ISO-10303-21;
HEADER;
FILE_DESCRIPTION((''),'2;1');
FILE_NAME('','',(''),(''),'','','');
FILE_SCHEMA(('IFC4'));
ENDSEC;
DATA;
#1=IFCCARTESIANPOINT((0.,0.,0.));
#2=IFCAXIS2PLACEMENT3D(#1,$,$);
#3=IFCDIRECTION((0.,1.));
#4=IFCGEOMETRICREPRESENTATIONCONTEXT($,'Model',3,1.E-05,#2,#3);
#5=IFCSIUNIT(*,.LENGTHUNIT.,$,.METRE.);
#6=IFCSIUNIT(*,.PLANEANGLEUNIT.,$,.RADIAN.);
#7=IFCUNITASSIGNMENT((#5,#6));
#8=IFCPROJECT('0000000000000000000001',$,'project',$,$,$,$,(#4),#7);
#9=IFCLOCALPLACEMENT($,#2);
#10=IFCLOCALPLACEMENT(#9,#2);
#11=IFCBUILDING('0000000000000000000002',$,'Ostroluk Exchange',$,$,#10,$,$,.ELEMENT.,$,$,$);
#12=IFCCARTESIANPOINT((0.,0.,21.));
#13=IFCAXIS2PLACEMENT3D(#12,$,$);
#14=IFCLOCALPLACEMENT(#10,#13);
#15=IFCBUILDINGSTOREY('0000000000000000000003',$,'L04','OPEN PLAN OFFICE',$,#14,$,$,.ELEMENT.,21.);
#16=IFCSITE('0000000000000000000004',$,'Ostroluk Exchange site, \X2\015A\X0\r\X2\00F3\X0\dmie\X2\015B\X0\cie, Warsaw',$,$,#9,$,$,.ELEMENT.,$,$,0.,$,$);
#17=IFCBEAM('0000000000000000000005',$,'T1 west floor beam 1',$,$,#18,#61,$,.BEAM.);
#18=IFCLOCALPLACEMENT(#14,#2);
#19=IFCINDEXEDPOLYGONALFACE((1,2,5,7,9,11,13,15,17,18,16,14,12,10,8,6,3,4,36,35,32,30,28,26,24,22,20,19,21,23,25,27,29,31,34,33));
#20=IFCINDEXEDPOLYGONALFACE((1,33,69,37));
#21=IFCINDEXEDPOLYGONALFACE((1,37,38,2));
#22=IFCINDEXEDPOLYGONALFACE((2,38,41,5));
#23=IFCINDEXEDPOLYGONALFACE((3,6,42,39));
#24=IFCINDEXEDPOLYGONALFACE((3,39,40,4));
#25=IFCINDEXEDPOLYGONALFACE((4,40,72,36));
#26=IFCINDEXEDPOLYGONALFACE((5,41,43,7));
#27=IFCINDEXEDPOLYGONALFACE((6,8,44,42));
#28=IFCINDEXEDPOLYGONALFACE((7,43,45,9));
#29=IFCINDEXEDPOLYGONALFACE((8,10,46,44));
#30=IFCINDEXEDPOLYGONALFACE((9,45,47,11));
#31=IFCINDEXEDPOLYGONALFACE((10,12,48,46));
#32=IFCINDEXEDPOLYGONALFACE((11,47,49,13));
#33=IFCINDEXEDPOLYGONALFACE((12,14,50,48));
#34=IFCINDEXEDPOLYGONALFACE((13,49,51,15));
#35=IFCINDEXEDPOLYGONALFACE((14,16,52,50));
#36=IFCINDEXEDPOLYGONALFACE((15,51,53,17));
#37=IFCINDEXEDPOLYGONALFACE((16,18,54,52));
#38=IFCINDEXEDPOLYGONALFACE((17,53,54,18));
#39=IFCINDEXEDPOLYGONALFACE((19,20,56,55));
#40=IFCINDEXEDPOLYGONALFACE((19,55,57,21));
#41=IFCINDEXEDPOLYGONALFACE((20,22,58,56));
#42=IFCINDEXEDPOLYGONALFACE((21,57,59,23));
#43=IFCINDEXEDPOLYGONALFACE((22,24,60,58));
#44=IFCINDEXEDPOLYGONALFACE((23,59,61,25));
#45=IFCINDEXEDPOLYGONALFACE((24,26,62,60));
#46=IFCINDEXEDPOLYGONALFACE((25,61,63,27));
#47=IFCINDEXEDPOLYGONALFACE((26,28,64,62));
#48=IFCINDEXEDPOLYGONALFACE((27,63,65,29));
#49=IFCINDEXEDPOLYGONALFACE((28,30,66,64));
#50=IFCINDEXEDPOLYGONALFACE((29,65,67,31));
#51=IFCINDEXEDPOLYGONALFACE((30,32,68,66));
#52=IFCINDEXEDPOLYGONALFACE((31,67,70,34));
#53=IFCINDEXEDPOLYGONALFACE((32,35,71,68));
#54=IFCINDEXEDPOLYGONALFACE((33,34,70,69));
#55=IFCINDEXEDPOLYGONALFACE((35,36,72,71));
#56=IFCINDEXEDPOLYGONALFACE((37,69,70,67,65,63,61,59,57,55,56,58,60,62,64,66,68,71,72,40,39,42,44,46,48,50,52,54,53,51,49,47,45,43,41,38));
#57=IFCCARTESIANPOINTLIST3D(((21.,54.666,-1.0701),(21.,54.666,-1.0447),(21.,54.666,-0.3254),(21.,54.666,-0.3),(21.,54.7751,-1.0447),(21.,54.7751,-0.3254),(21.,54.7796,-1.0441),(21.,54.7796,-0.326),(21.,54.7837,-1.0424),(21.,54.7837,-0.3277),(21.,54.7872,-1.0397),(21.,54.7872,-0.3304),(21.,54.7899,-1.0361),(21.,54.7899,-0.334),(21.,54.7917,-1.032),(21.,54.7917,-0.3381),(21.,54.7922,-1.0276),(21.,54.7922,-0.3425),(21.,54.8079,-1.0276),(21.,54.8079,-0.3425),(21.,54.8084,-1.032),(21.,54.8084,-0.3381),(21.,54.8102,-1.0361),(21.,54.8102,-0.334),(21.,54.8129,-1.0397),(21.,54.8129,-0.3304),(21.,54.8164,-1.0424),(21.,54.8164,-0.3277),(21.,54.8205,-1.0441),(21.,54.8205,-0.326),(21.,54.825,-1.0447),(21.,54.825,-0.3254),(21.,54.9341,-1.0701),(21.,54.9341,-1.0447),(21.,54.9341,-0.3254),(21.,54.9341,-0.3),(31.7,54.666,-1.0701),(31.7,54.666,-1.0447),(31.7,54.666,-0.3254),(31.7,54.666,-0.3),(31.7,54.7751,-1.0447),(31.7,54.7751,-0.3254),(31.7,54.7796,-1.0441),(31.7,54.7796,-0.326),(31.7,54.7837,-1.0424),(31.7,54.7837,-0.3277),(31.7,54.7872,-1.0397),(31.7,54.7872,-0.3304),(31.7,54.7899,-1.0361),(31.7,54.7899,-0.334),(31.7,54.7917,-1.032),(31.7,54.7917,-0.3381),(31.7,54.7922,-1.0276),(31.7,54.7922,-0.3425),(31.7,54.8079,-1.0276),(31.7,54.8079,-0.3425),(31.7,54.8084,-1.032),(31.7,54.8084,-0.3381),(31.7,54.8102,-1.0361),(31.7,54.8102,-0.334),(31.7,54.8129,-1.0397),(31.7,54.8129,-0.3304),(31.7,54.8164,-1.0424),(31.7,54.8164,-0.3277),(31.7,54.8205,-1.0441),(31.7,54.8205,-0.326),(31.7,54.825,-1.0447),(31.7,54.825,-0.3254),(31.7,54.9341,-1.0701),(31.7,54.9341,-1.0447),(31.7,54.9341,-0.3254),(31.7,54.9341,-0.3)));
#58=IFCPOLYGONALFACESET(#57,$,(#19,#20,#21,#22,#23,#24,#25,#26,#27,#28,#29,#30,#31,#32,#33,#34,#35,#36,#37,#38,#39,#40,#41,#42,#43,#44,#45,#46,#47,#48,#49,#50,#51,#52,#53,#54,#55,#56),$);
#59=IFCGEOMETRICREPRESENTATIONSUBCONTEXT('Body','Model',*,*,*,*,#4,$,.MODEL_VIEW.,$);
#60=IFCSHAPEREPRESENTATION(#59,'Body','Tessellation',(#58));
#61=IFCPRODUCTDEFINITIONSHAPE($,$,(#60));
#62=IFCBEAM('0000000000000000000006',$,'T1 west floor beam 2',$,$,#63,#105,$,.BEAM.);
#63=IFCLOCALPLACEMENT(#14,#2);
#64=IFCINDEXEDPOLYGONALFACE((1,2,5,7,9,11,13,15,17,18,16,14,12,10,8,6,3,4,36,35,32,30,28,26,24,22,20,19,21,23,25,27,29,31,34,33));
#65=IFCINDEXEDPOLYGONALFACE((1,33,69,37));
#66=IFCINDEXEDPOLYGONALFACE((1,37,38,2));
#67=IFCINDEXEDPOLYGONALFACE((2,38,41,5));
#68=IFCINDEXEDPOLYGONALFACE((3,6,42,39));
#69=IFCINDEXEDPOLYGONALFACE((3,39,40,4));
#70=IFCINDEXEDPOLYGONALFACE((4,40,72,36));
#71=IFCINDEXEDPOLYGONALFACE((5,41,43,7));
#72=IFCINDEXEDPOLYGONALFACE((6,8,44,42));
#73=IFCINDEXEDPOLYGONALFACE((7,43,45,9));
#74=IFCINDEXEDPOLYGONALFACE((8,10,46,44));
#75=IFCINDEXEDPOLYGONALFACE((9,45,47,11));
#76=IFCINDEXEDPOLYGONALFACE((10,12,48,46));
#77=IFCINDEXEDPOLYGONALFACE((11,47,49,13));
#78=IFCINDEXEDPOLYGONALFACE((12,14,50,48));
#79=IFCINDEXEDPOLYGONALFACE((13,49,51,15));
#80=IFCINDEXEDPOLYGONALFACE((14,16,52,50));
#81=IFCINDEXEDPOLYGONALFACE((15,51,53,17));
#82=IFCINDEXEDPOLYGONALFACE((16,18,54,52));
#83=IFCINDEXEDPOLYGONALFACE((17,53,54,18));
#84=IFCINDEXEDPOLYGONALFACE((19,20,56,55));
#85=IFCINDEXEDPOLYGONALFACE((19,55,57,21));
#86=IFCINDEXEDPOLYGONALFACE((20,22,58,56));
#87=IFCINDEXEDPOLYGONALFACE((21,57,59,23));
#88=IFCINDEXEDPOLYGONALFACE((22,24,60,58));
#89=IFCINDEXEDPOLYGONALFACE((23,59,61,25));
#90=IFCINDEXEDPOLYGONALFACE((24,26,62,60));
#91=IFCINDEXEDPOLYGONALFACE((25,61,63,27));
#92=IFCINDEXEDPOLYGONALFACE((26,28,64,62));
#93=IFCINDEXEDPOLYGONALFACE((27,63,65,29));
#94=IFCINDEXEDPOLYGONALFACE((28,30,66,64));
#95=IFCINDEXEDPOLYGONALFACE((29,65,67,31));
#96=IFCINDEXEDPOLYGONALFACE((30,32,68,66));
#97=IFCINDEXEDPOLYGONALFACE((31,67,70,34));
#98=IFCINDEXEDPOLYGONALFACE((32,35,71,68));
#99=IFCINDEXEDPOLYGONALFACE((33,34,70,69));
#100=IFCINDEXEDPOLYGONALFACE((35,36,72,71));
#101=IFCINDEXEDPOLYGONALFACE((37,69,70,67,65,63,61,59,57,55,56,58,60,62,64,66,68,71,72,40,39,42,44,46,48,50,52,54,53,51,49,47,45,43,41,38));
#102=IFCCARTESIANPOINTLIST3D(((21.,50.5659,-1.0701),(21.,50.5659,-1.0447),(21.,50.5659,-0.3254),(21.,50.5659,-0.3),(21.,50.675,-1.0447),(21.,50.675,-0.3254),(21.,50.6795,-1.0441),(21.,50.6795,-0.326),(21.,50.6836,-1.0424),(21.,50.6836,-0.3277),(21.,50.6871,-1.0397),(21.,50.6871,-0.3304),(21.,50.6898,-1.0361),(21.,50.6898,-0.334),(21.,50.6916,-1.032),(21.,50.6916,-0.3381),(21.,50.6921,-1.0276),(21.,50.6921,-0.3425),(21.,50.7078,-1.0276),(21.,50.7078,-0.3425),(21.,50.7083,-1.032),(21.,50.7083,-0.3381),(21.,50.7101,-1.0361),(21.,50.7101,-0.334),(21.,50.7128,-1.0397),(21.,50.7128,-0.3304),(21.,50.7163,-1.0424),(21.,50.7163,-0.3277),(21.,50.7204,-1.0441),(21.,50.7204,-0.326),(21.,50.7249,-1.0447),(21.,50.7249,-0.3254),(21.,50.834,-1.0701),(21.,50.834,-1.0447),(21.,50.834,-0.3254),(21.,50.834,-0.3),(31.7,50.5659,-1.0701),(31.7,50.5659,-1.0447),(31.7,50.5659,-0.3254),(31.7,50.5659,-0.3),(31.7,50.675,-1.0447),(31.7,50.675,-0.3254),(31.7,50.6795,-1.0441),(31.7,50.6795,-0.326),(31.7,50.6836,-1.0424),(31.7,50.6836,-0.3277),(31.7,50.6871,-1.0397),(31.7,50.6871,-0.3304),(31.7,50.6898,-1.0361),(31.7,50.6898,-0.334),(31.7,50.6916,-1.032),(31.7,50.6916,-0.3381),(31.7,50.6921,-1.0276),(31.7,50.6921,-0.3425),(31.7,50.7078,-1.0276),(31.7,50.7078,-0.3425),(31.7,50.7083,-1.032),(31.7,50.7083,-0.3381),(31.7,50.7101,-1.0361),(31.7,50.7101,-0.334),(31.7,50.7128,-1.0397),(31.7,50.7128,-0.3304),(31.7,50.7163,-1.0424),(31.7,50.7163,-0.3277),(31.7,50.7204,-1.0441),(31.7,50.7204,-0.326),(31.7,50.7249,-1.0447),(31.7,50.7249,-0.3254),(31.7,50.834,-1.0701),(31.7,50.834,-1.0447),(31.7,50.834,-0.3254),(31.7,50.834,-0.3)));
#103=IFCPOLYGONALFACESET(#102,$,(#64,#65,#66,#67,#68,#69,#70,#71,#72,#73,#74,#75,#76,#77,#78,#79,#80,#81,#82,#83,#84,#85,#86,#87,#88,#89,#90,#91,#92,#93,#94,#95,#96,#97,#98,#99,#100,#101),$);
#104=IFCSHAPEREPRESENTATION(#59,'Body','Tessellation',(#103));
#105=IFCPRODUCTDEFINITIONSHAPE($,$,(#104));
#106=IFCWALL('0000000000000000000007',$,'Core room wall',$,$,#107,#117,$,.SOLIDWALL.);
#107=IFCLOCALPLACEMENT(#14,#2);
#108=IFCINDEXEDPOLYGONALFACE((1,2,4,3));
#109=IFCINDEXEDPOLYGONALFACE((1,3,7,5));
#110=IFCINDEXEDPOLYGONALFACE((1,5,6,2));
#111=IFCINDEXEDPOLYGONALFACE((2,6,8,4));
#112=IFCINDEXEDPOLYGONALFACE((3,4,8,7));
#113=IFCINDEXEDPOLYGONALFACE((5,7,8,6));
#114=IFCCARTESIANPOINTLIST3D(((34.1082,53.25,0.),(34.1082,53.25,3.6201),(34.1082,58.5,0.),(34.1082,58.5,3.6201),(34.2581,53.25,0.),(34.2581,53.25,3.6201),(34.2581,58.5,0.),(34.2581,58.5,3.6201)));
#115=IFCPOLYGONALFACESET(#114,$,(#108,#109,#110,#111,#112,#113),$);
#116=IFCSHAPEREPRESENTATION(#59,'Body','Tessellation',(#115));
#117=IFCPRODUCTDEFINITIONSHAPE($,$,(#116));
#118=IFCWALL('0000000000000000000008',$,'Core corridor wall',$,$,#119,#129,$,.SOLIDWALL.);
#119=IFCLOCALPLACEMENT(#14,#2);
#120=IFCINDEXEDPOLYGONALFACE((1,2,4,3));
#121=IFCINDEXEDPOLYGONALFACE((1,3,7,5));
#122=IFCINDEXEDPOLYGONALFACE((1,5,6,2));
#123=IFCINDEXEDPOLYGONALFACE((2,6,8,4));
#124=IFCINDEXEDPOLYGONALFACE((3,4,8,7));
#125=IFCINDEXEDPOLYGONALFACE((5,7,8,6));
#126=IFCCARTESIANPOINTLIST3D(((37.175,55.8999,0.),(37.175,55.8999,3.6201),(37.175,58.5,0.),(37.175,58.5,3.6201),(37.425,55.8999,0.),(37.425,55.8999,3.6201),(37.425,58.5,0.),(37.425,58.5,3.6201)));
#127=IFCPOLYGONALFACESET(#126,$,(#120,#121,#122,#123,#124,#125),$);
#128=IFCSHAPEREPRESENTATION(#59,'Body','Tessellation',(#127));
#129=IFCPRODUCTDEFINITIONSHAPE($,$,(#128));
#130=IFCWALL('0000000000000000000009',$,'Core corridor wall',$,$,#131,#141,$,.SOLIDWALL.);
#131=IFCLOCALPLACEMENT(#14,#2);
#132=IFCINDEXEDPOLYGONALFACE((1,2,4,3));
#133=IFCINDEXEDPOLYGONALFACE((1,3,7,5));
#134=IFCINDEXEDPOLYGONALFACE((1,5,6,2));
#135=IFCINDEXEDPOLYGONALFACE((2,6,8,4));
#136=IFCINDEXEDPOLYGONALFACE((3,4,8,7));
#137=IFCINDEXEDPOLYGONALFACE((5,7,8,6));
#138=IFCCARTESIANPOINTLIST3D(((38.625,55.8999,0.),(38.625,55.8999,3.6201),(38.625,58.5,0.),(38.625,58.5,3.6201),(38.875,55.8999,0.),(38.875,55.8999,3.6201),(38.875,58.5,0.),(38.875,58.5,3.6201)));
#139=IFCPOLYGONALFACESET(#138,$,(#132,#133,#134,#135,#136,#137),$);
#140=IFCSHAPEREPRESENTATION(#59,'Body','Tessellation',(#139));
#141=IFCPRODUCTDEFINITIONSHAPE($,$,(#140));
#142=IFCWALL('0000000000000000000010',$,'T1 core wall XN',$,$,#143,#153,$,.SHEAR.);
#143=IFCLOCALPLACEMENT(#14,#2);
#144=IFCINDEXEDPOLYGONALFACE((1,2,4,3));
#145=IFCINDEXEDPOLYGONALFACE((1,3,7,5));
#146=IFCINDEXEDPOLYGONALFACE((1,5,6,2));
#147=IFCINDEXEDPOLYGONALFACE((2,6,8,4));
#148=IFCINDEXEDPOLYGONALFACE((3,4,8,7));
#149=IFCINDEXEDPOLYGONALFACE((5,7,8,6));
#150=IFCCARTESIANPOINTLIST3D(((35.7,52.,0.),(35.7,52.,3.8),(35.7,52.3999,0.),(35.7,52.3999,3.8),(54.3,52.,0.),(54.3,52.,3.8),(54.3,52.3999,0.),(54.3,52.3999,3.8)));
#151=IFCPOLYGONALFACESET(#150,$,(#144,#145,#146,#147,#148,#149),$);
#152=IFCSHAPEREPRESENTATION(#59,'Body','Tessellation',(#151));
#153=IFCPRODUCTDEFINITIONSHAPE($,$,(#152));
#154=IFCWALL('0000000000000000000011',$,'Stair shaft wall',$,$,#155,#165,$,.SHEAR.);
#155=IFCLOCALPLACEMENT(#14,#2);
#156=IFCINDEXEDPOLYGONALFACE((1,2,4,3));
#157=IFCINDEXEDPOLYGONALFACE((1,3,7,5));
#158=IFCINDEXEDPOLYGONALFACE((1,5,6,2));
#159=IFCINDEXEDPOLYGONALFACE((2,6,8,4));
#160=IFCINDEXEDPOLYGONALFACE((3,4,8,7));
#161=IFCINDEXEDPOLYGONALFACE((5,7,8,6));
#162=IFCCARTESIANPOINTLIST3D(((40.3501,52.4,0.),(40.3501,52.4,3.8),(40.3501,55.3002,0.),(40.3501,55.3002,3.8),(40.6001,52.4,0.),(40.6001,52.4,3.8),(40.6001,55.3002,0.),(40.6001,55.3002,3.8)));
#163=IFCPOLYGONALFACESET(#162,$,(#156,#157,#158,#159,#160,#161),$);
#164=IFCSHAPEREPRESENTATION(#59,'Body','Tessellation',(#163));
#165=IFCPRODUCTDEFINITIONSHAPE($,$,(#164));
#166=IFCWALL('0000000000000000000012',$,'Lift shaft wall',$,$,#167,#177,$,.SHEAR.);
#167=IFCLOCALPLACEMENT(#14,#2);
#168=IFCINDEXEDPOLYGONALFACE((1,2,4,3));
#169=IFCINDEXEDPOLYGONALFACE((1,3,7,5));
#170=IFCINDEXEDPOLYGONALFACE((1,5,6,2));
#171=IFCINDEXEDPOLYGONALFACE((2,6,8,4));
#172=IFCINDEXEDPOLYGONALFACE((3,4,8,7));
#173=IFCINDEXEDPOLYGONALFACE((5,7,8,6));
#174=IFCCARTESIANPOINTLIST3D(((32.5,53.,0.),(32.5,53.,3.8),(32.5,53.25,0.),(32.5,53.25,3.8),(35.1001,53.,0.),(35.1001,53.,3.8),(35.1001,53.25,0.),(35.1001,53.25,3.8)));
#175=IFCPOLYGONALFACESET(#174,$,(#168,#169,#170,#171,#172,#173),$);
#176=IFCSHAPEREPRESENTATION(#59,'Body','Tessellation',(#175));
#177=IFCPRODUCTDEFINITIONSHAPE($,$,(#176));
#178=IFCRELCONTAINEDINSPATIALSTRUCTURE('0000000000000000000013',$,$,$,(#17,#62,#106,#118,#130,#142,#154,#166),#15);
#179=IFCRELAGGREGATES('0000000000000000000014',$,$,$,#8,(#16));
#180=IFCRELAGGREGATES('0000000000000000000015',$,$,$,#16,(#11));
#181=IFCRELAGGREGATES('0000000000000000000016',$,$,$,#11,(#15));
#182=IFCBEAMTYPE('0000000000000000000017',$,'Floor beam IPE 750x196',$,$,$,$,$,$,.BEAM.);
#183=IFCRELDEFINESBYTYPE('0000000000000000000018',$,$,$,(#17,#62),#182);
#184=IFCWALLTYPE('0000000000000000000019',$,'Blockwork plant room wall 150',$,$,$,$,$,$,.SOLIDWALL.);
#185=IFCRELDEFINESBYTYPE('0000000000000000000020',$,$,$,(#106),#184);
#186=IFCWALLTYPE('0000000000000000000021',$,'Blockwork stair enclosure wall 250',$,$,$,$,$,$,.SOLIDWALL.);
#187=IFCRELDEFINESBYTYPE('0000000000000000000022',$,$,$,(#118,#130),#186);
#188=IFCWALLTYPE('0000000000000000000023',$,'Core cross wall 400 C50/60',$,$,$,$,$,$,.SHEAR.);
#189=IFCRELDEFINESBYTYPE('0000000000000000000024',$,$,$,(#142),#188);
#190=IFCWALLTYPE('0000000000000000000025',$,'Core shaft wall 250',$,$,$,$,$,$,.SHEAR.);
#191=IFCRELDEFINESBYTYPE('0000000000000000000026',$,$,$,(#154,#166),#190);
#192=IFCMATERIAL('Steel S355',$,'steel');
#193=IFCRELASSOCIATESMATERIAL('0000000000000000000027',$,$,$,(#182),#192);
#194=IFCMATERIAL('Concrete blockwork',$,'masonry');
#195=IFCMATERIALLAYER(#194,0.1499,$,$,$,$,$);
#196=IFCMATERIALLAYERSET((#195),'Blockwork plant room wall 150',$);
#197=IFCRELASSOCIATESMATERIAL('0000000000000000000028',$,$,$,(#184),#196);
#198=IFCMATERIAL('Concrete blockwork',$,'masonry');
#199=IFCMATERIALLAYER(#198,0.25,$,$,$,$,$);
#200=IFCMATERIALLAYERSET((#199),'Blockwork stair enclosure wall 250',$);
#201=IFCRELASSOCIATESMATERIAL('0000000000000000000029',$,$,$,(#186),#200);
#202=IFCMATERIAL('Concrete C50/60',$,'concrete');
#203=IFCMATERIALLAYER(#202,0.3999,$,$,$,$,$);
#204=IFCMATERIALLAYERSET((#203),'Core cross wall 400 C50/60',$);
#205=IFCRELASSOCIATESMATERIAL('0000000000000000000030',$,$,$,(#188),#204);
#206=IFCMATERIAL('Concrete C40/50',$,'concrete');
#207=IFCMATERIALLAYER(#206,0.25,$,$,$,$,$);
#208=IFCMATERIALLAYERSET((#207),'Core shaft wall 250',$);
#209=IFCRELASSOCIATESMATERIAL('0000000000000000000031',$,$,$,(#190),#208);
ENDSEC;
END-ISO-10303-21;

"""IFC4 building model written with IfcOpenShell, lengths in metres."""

from ifc_helpers import new_model, si_unit, direction, frame, frame_2d, origin, origin_2d, place, context, subcontext, project, spatial, rectangle, i_section, extrude, material, layer, layer_set, material_profile, profile_set, type_object, element, save


model = new_model("IFC4")

# Units and contexts
model_context = context("Model", 3, precision=1e-05, world=origin(), true_north=direction((0.0, 1.0)))
body_context = subcontext(model_context, "Body", "Model", "MODEL_VIEW")
ifc_project = project(units=[si_unit("LENGTHUNIT", "METRE"), si_unit("PLANEANGLEUNIT", "RADIAN")], contexts=[model_context])

# Site, building, storey
site_placement = place(None, origin())
site = spatial("IfcSite", under=ifc_project, at=site_placement, Name="Ostroluk Exchange site, Śródmieście, Warsaw", CompositionType="ELEMENT", RefElevation=0.0)
building_placement = place(site_placement, origin())
building = spatial("IfcBuilding", under=site, at=building_placement, Name="Ostroluk Exchange", CompositionType="ELEMENT")
storey_placement = place(building_placement, frame((0.0, 0.0, 21.0)))
storey = spatial("IfcBuildingStorey", under=building, at=storey_placement, Name="L04", Description="OPEN PLAN OFFICE", CompositionType="ELEMENT", Elevation=21.0)

# Beams
ifc_material_1 = material(Name="Steel S355", Category="steel")
ifc_material_profile = material_profile(ifc_material_1, i_section(OverallWidth=0.2681, OverallDepth=0.77, WebThickness=0.0156, FlangeThickness=0.0254, FilletRadius=0.0171, at=origin_2d()), Name="IPE 750x196")
ifc_profile_set = profile_set([ifc_material_profile], Name="Steel S355")
beam_type = type_object("IfcBeamType", Name="Floor beam IPE 750x196", PredefinedType="BEAM", material=ifc_profile_set)
for number, where, z_axis, x_axis, name in (
    (1, (31.7, 54.8, -0.6851), (-1.0, 0.0, 0.0), (0.0, -1.0, 0.0), "T1 west floor beam 1"),
    (2, (31.7, 50.7, -0.6851), (-1.0, 0.0, 0.0), (0.0, -1.0, 0.0), "T1 west floor beam 2"),
):
    element("IfcBeam", number, at=place(storey_placement, frame(where, z_axis=z_axis, x_axis=x_axis)), inside=storey, type_object=beam_type, Name=name, PredefinedType="BEAM", context=body_context, shape_type="SweptSolid", body=[
        extrude(i_section(OverallWidth=0.2681, OverallDepth=0.77, WebThickness=0.0156, FlangeThickness=0.0254, FilletRadius=0.0171, at=origin_2d()), origin(), (0.0, 0.0, 1.0), 10.7),
    ])

# Walls
ifc_material_2 = material(Name="Concrete blockwork", Category="masonry")
ifc_layer_1 = layer(ifc_material_2, 0.1499)
ifc_layer_set_1 = layer_set([ifc_layer_1], Name="Blockwork plant room wall 150")
wall_type_1 = type_object("IfcWallType", Name="Blockwork plant room wall 150", PredefinedType="SOLIDWALL", material=ifc_layer_set_1)
wall_1_placement = place(storey_placement, frame((34.1831, 53.25, 0.0), z_axis=(0.0, 0.0, 1.0), x_axis=(0.0, 1.0, 0.0)))
element("IfcWall", 3, at=wall_1_placement, inside=storey, type_object=wall_type_1, Name="Core room wall", PredefinedType="SOLIDWALL", context=body_context, shape_type="SweptSolid", body=[
    extrude(rectangle(XDim=5.25, YDim=0.1499, at=frame_2d((2.625, 0.0))), origin(), (0.0, 0.0, 1.0), 3.6201),
])
ifc_material_3 = material(Name="Concrete blockwork", Category="masonry")
ifc_layer_2 = layer(ifc_material_3, 0.25)
ifc_layer_set_2 = layer_set([ifc_layer_2], Name="Blockwork stair enclosure wall 250")
wall_type_2 = type_object("IfcWallType", Name="Blockwork stair enclosure wall 250", PredefinedType="SOLIDWALL", material=ifc_layer_set_2)
for number, where, z_axis, x_axis, name in (
    (4, (37.3, 55.8999, 0.0), (0.0, 0.0, 1.0), (0.0, 1.0, 0.0), "Core corridor wall"),
    (5, (38.75, 55.8999, 0.0), (0.0, 0.0, 1.0), (0.0, 1.0, 0.0), "Core corridor wall"),
):
    element("IfcWall", number, at=place(storey_placement, frame(where, z_axis=z_axis, x_axis=x_axis)), inside=storey, type_object=wall_type_2, Name=name, PredefinedType="SOLIDWALL", context=body_context, shape_type="SweptSolid", body=[
        extrude(rectangle(XDim=2.6001, YDim=0.25, at=frame_2d((1.3, 0.0))), origin(), (0.0, 0.0, 1.0), 3.6201),
    ])
ifc_material_4 = material(Name="Concrete C50/60", Category="concrete")
ifc_layer_3 = layer(ifc_material_4, 0.3999)
ifc_layer_set_3 = layer_set([ifc_layer_3], Name="Core cross wall 400 C50/60")
wall_type_3 = type_object("IfcWallType", Name="Core cross wall 400 C50/60", PredefinedType="SHEAR", material=ifc_layer_set_3)
wall_2_placement = place(storey_placement, frame((35.7, 52.2, 0.0), z_axis=(0.0, 0.0, 1.0), x_axis=(1.0, 0.0, 0.0)))
element("IfcWall", 6, at=wall_2_placement, inside=storey, type_object=wall_type_3, Name="T1 core wall XN", PredefinedType="SHEAR", context=body_context, shape_type="SweptSolid", body=[
    extrude(rectangle(XDim=18.6001, YDim=0.3999, at=frame_2d((9.3, 0.0))), origin(), (0.0, 0.0, 1.0), 3.8),
])
ifc_material_5 = material(Name="Concrete C40/50", Category="concrete")
ifc_layer_4 = layer(ifc_material_5, 0.25)
ifc_layer_set_4 = layer_set([ifc_layer_4], Name="Core shaft wall 250")
wall_type_4 = type_object("IfcWallType", Name="Core shaft wall 250", PredefinedType="SHEAR", material=ifc_layer_set_4)
wall_3_placement = place(storey_placement, frame((40.4751, 52.3999, 0.0), z_axis=(0.0, 0.0, 1.0), x_axis=(0.0, 1.0, 0.0)))
element("IfcWall", 7, at=wall_3_placement, inside=storey, type_object=wall_type_4, Name="Stair shaft wall", PredefinedType="SHEAR", context=body_context, shape_type="SweptSolid", body=[
    extrude(rectangle(XDim=2.9001, YDim=0.25, at=frame_2d((1.4502, 0.0))), origin(), (0.0, 0.0, 1.0), 3.8),
])
wall_4_placement = place(storey_placement, frame((32.5, 53.125, 0.0), z_axis=(0.0, 0.0, 1.0), x_axis=(1.0, 0.0, 0.0)))
element("IfcWall", 8, at=wall_4_placement, inside=storey, type_object=wall_type_4, Name="Lift shaft wall", PredefinedType="SHEAR", context=body_context, shape_type="SweptSolid", body=[
    extrude(rectangle(XDim=2.6001, YDim=0.25, at=frame_2d((1.3, 0.0))), origin(), (0.0, 0.0, 1.0), 3.8),
])

save(model, "model.ifc")
